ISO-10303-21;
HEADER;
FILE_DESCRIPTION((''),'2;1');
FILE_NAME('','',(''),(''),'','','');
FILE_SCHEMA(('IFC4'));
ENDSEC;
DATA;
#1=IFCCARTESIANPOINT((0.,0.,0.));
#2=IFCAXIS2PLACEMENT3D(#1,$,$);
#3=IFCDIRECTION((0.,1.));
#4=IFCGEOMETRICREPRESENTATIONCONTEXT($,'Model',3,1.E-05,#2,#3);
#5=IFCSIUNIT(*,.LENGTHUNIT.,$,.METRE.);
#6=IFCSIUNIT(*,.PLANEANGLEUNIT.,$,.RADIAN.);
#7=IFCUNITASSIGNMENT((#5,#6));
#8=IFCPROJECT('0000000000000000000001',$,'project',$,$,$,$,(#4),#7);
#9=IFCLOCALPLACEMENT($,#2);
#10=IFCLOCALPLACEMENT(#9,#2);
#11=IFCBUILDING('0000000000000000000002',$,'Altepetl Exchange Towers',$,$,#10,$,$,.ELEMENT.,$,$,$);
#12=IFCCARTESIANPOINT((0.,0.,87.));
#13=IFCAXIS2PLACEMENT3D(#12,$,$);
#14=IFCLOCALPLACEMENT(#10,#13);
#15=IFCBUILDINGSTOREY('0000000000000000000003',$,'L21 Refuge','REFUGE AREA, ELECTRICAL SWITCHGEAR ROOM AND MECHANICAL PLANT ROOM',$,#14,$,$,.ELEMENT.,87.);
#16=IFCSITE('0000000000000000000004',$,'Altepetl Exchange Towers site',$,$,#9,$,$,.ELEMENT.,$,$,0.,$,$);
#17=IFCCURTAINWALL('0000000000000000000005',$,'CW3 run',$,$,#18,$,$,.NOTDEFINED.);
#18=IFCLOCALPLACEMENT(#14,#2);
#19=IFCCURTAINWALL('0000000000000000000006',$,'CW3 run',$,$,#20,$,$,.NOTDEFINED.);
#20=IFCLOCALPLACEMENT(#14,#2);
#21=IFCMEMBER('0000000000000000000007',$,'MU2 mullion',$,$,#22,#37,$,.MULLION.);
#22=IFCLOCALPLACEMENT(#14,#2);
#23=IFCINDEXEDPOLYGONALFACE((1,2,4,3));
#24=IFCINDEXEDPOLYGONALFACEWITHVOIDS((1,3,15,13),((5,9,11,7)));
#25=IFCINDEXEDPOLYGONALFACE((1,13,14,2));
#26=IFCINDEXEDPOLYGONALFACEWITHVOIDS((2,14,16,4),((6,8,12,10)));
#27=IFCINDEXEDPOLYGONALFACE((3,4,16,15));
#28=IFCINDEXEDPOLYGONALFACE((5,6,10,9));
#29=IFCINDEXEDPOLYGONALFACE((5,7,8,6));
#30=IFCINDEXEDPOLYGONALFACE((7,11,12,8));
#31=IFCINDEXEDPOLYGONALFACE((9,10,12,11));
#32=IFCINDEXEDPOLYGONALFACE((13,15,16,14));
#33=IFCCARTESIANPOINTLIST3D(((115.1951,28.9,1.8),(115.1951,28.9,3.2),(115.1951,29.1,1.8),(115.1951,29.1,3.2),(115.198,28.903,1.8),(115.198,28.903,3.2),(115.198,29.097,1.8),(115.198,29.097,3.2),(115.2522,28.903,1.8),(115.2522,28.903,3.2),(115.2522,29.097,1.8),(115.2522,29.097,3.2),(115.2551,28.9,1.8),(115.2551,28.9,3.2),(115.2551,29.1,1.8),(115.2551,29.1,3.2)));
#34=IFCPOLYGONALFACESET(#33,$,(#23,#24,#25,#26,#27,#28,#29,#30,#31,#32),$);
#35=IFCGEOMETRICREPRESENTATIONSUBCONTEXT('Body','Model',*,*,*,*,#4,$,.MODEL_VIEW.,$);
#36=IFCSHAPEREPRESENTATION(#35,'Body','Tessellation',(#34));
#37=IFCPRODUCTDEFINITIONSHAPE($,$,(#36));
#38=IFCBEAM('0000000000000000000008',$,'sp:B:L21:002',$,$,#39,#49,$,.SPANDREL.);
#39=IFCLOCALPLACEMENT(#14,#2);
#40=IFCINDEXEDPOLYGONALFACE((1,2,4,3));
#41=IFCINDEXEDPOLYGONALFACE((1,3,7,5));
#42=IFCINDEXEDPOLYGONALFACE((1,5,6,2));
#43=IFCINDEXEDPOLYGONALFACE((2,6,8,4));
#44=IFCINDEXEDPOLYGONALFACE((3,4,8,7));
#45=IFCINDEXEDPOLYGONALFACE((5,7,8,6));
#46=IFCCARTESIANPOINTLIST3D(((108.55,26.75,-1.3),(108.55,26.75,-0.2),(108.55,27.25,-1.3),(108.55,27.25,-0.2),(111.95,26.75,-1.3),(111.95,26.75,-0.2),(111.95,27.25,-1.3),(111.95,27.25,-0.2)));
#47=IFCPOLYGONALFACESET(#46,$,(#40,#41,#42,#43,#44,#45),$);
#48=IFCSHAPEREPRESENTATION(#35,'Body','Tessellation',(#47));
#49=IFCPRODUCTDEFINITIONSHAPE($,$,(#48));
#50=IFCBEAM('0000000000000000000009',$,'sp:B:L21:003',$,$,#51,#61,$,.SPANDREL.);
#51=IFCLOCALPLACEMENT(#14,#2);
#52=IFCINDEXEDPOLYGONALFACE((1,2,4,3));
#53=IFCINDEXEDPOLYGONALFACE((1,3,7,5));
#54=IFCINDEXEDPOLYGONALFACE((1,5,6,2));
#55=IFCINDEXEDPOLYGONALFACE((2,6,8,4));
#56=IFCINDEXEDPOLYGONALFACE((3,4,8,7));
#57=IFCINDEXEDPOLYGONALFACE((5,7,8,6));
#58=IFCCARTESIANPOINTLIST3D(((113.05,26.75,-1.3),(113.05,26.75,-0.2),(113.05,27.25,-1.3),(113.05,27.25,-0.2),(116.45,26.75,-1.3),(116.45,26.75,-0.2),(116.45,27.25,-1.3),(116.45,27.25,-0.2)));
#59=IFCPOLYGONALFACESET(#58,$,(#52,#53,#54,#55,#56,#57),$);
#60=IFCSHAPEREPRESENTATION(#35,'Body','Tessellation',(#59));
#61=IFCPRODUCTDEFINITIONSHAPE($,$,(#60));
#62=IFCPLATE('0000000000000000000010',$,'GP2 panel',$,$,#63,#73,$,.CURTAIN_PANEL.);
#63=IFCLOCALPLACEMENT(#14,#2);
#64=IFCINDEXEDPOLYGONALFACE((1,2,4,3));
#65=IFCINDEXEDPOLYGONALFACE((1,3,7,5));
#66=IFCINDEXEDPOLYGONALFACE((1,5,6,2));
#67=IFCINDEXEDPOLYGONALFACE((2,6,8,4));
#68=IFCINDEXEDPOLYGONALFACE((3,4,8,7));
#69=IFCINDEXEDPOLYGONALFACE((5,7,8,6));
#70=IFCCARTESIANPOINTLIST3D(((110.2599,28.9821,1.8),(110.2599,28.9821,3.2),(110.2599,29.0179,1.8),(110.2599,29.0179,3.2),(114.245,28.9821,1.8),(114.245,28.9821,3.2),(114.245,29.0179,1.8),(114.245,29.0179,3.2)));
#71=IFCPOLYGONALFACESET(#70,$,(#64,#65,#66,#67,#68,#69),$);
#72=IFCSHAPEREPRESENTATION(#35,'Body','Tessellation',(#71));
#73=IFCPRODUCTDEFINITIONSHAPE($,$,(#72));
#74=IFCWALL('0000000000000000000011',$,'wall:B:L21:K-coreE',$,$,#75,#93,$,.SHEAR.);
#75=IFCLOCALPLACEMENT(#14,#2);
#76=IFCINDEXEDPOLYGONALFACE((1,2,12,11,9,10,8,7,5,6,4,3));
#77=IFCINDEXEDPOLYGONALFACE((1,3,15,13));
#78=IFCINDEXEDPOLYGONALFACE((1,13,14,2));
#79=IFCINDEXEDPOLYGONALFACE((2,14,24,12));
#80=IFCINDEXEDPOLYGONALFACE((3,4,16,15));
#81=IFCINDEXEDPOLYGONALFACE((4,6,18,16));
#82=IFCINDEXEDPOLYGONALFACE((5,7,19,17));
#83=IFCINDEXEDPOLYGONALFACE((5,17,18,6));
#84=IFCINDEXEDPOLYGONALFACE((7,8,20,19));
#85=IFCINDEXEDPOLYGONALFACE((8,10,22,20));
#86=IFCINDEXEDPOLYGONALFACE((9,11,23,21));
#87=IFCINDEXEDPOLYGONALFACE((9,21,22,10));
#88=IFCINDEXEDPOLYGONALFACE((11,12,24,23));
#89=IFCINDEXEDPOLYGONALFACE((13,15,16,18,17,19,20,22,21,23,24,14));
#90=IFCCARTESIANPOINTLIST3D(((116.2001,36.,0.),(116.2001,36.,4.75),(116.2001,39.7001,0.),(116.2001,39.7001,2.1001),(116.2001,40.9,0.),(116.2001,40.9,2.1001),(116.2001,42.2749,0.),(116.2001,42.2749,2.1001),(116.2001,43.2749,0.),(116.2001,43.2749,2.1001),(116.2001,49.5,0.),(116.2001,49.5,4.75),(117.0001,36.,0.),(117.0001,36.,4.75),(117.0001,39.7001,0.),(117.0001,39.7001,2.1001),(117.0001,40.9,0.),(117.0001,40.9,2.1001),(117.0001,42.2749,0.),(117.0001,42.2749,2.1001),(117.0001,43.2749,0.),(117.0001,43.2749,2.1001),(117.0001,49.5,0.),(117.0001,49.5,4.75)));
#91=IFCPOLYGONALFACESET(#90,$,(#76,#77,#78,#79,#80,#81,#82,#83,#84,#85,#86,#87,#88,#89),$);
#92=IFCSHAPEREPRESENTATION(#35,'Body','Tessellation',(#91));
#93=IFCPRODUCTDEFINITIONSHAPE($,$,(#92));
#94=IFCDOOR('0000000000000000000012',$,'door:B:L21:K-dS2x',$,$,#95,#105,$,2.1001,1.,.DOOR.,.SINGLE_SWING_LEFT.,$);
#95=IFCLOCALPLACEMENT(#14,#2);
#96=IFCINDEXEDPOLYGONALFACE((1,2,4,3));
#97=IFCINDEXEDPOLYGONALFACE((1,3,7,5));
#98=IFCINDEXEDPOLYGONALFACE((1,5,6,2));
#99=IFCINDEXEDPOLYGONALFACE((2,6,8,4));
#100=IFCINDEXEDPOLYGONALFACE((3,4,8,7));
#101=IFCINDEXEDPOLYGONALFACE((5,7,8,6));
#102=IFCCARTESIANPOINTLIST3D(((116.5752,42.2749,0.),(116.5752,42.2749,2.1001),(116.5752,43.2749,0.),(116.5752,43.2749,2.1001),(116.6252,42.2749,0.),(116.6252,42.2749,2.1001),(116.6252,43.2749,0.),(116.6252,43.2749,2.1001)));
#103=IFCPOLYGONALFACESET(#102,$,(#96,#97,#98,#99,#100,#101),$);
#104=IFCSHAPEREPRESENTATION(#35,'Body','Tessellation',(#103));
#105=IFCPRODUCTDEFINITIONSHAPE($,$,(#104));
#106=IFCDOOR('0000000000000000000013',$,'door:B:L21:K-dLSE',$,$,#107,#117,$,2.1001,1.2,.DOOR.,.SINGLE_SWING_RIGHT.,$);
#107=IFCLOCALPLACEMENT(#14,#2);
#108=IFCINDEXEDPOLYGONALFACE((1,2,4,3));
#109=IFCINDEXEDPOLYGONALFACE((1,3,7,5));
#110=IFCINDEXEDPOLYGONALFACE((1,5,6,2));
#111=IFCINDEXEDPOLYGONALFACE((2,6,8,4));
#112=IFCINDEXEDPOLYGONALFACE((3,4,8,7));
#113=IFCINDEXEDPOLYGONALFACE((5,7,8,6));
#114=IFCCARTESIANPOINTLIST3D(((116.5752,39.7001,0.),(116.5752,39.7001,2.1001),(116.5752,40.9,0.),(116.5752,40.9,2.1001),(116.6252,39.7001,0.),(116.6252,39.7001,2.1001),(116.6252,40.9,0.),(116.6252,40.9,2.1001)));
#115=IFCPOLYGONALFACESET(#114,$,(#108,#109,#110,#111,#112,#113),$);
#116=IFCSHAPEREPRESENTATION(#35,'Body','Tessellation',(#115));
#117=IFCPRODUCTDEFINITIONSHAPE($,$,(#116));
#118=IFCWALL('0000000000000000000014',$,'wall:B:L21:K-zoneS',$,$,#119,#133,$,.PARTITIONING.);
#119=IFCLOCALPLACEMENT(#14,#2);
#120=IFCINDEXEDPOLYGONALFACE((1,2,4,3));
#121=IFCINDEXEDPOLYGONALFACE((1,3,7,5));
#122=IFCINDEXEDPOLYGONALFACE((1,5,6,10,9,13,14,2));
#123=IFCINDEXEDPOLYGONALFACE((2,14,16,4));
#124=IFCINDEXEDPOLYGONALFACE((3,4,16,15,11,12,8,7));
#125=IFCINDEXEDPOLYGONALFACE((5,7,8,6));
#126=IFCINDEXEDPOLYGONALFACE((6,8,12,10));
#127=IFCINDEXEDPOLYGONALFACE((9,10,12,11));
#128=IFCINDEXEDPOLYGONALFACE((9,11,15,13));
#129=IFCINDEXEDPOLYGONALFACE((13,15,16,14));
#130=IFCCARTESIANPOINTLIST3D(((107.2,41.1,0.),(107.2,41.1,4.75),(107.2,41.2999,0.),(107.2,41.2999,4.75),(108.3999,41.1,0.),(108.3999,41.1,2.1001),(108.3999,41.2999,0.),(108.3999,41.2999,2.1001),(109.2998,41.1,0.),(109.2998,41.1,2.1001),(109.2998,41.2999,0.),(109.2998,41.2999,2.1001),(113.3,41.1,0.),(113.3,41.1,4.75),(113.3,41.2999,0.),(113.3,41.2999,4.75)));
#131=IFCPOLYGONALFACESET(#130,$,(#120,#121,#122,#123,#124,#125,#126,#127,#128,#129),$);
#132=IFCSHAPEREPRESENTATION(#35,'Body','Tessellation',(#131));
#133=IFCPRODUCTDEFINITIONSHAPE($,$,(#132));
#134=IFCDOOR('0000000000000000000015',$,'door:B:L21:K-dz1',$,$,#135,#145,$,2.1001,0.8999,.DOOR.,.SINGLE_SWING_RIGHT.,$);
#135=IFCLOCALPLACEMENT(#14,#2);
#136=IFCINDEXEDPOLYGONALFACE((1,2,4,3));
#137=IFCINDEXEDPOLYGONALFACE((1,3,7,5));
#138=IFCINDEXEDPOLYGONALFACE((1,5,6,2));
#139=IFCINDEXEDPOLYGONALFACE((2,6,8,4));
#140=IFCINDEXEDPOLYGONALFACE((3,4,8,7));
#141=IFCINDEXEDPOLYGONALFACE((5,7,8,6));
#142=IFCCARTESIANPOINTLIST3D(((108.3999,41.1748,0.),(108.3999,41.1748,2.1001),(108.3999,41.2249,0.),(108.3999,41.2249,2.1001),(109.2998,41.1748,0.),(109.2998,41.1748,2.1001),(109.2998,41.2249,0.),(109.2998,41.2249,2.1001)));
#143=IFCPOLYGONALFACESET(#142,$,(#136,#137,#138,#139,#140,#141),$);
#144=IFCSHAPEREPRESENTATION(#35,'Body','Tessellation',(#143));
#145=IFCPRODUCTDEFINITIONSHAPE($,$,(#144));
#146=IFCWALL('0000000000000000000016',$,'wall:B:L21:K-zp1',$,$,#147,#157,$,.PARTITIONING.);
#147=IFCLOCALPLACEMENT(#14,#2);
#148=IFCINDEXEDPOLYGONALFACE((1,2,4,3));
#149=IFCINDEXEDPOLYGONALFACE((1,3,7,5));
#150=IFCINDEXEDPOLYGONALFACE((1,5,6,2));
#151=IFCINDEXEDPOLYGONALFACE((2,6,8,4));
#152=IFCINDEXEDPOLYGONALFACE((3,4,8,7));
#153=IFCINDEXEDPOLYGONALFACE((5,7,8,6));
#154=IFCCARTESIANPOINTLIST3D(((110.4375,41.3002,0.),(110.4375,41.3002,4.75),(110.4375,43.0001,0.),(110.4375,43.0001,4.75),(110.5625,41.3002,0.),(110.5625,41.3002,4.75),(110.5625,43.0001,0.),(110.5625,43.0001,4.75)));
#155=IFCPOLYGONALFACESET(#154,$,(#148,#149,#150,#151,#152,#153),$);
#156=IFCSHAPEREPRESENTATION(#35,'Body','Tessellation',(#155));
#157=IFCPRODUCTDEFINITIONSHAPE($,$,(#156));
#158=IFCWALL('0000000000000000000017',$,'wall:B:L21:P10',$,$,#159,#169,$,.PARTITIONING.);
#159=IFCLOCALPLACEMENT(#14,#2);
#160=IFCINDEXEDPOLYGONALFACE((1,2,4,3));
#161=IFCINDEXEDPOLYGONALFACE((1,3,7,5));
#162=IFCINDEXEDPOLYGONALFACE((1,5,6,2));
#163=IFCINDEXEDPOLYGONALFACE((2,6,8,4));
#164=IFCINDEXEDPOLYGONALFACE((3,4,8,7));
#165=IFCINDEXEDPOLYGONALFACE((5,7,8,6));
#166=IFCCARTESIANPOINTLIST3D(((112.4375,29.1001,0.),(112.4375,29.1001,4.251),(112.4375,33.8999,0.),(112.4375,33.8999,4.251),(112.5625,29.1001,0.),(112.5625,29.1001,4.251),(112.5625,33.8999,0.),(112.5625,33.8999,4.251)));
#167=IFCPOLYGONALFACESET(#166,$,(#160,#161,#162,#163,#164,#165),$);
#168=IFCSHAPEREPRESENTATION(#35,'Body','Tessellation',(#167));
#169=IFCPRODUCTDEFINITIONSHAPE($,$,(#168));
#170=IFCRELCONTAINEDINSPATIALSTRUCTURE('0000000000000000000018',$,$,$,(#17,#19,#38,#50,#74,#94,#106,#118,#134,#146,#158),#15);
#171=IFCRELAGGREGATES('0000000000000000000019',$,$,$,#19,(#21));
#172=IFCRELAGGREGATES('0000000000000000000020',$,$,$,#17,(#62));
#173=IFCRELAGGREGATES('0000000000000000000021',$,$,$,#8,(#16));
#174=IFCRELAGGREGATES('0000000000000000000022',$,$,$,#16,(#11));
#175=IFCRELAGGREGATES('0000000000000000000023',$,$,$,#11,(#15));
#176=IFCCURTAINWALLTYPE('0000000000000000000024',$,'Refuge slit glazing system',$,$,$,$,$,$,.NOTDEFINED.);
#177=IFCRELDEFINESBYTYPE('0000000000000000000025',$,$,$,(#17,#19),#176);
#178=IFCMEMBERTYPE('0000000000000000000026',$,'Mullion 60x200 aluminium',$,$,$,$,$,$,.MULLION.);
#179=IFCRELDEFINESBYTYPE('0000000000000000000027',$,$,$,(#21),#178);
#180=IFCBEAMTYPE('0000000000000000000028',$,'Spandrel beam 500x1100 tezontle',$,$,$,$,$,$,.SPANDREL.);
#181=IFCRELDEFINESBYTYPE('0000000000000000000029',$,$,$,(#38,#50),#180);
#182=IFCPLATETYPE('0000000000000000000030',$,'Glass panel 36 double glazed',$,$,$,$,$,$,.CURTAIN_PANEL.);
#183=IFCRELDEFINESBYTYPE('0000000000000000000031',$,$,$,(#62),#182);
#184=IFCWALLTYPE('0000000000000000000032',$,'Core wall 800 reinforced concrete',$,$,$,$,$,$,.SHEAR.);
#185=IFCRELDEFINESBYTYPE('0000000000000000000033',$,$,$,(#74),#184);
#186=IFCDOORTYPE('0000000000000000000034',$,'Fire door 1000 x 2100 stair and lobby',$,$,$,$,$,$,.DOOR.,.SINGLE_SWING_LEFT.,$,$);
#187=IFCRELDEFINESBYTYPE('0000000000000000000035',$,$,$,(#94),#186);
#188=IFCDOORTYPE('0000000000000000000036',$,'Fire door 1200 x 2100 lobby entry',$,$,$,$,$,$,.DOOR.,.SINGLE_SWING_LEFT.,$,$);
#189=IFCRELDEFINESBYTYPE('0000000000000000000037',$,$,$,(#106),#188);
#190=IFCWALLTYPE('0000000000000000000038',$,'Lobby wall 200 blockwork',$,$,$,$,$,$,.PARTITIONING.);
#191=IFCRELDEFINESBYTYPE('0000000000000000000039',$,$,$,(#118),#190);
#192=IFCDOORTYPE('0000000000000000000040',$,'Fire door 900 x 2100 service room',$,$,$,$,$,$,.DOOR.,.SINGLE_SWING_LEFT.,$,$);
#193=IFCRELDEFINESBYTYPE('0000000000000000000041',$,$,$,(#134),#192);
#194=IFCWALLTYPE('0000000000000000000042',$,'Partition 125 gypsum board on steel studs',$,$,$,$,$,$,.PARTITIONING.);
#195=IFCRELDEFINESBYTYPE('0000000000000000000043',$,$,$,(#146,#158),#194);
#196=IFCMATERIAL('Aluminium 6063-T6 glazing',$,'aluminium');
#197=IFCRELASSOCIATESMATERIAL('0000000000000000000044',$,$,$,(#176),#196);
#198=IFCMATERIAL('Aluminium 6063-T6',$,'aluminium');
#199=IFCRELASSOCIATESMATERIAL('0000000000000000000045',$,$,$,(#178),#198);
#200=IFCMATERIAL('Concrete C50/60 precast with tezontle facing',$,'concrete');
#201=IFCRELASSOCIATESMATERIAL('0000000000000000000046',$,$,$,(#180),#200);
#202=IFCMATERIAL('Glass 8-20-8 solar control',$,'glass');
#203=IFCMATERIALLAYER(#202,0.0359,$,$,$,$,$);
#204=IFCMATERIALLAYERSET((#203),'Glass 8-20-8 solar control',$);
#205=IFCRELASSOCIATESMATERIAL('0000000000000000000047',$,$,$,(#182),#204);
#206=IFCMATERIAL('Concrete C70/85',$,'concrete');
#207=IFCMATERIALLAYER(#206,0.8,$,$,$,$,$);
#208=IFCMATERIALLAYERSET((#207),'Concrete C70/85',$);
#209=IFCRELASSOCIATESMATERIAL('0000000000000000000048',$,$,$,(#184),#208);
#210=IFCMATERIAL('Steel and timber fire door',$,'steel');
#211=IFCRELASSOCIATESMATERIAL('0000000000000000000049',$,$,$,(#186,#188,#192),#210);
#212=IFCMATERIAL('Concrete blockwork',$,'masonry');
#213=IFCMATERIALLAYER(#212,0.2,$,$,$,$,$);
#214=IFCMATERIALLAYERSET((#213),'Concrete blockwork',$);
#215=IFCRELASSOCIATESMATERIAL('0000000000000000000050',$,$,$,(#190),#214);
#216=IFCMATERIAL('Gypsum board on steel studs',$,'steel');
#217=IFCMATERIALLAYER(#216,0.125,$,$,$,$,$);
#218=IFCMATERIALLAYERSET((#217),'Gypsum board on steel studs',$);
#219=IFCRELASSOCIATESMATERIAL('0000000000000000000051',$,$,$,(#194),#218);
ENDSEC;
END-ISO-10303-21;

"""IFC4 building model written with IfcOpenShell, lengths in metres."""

from ifc_helpers import new_model, si_unit, direction, frame, frame_2d, origin, origin_2d, place, context, subcontext, project, spatial, rectangle, hollow_rectangle, extrude, material, layer, layer_set, material_profile, profile_set, type_object, element, fill, aggregate, save


model = new_model("IFC4")

# Units and contexts
model_context = context("Model", 3, precision=1e-05, world=origin(), true_north=direction((0.0, 1.0)))
body_context = subcontext(model_context, "Body", "Model", "MODEL_VIEW")
ifc_project = project(units=[si_unit("LENGTHUNIT", "METRE"), si_unit("PLANEANGLEUNIT", "RADIAN")], contexts=[model_context])

# Site, building, storey
site_placement = place(None, origin())
site = spatial("IfcSite", under=ifc_project, at=site_placement, Name="Altepetl Exchange Towers site", CompositionType="ELEMENT", RefElevation=0.0)
building_placement = place(site_placement, origin())
building = spatial("IfcBuilding", under=site, at=building_placement, Name="Altepetl Exchange Towers", CompositionType="ELEMENT")
storey_placement = place(building_placement, frame((0.0, 0.0, 87.0)))
storey = spatial("IfcBuildingStorey", under=building, at=storey_placement, Name="L21 Refuge", Description="REFUGE AREA, ELECTRICAL SWITCHGEAR ROOM AND MECHANICAL PLANT ROOM", CompositionType="ELEMENT", Elevation=87.0)

# Shared definitions
ifc_material_1 = material(Name="Concrete C70/85", Category="concrete")

# Curtain wall
ifc_material_2 = material(Name="Aluminium 6063-T6 glazing", Category="aluminium")
curtain_wall_type = type_object("IfcCurtainWallType", Name="Refuge slit glazing system", PredefinedType="NOTDEFINED", material=ifc_material_2)
curtain_wall_1_placement = place(storey_placement, origin())
curtain_wall_1 = element("IfcCurtainWall", 1, at=curtain_wall_1_placement, inside=storey, type_object=curtain_wall_type, Name="CW3 run", PredefinedType="NOTDEFINED")
ifc_material_3 = material(Name="Aluminium 6063-T6", Category="aluminium")
ifc_material_profile_1 = material_profile(ifc_material_3, hollow_rectangle(XDim=0.0601, YDim=0.2, WallThickness=0.0029, at=origin_2d()), Name="Mullion 60x200 aluminium")
ifc_profile_set_1 = profile_set([ifc_material_profile_1], Name="Aluminium 6063-T6")
member_type_1 = type_object("IfcMemberType", Name="Mullion 60x200 aluminium", PredefinedType="MULLION", material=ifc_profile_set_1)

# Curtain wall, member
curtain_wall_2_placement = place(storey_placement, origin())
curtain_wall_2 = element("IfcCurtainWall", 2, at=curtain_wall_2_placement, inside=storey, type_object=curtain_wall_type, Name="CW3 run", PredefinedType="NOTDEFINED")
member_1_placement = place(storey_placement, frame((115.2251, 29.0, 1.8)))
member_1 = element("IfcMember", 3, at=member_1_placement, type_object=member_type_1, Name="MU2 mullion", PredefinedType="MULLION", context=body_context, shape_type="SweptSolid", body=[
    extrude(hollow_rectangle(XDim=0.0601, YDim=0.2, WallThickness=0.0029, at=origin_2d()), origin(), (0.0, 0.0, 1.0), 1.3999),
])
aggregate(curtain_wall_2, [member_1])

# Beams
ifc_material_4 = material(Name="Concrete C50/60 precast with tezontle facing", Category="concrete")
ifc_material_profile_2 = material_profile(ifc_material_4, rectangle(XDim=0.5, YDim=1.1001, at=origin_2d()), Name="500 x 1100")
ifc_profile_set_2 = profile_set([ifc_material_profile_2], Name="Concrete C50/60 precast with tezontle facing")
beam_type_1 = type_object("IfcBeamType", Name="Spandrel beam 500x1100 tezontle", PredefinedType="SPANDREL", material=ifc_profile_set_2)
for number, where, z_axis, x_axis, name in (
    (4, (108.55, 27.0, -0.75), (1.0, 0.0, 0.0), (0.0, 1.0, 0.0), "sp:B:L21:002"),
    (5, (113.05, 27.0, -0.75), (1.0, 0.0, 0.0), (0.0, 1.0, 0.0), "sp:B:L21:003"),
):
    element("IfcBeam", number, at=place(storey_placement, frame(where, z_axis=z_axis, x_axis=x_axis)), inside=storey, type_object=beam_type_1, Name=name, PredefinedType="SPANDREL", context=body_context, shape_type="SweptSolid", body=[
        extrude(rectangle(XDim=0.5, YDim=1.1001, at=origin_2d()), origin(), (0.0, 0.0, 1.0), 3.3999),
    ])

# Plate
ifc_material_5 = material(Name="Glass 8-20-8 solar control", Category="glass")
ifc_layer_1 = layer(ifc_material_5, 0.0359)
ifc_layer_set_1 = layer_set([ifc_layer_1], Name="Glass 8-20-8 solar control")
plate_type = type_object("IfcPlateType", Name="Glass panel 36 double glazed", PredefinedType="CURTAIN_PANEL", material=ifc_layer_set_1)
plate_placement = place(storey_placement, frame((112.2524, 29.0, 1.8)))
plate = element("IfcPlate", 6, at=plate_placement, type_object=plate_type, Name="GP2 panel", PredefinedType="CURTAIN_PANEL", context=body_context, shape_type="SweptSolid", body=[
    extrude(rectangle(XDim=3.9851, YDim=0.0359, at=origin_2d()), origin(), (0.0, 0.0, 1.0), 1.3999),
])
aggregate(curtain_wall_1, [plate])

# Wall, openings, doors
ifc_layer_2 = layer(ifc_material_1, 0.8)
ifc_layer_set_2 = layer_set([ifc_layer_2], Name="Concrete C70/85")
wall_type_1 = type_object("IfcWallType", Name="Core wall 800 reinforced concrete", PredefinedType="SHEAR", material=ifc_layer_set_2)
wall_1_placement = place(storey_placement, frame((116.6001, 36.0, 0.0), z_axis=(0.0, 0.0, 1.0), x_axis=(0.0, 1.0, 0.0)))
wall_1 = element("IfcWall", 7, at=wall_1_placement, inside=storey, type_object=wall_type_1, Name="wall:B:L21:K-coreE", PredefinedType="SHEAR", context=body_context, shape_type="SweptSolid", body=[
    extrude(rectangle(XDim=13.5, YDim=0.8, at=frame_2d((6.75, 0.0))), origin(), (0.0, 0.0, 1.0), 4.75),
])
opening_1_placement = place(wall_1_placement, frame((3.7, 0.0, 0.0)))
opening_1 = element("IfcOpeningElement", 8, at=opening_1_placement, cuts=wall_1, PredefinedType="OPENING", context=body_context, shape_type="SweptSolid", body=[
    extrude(rectangle(XDim=1.2, YDim=2.1001, at=frame_2d((0.6001, 1.05))), frame((0.0, 0.4102, 0.0), z_axis=(0.0, -1.0, 0.0), x_axis=(1.0, 0.0, 0.0)), (0.0, 0.0, 1.0), 0.8201),
])
opening_2_placement = place(wall_1_placement, frame((6.2749, 0.0, 0.0)))
opening_2 = element("IfcOpeningElement", 9, at=opening_2_placement, cuts=wall_1, PredefinedType="OPENING", context=body_context, shape_type="SweptSolid", body=[
    extrude(rectangle(XDim=1.0, YDim=2.1001, at=frame_2d((0.5, 1.05))), frame((0.0, 0.4102, 0.0), z_axis=(0.0, -1.0, 0.0), x_axis=(1.0, 0.0, 0.0)), (0.0, 0.0, 1.0), 0.8201),
])
ifc_material_6 = material(Name="Steel and timber fire door", Category="steel")
door_type_1 = type_object("IfcDoorType", Name="Fire door 1000 x 2100 stair and lobby", OperationType="SINGLE_SWING_LEFT", PredefinedType="DOOR", material=ifc_material_6)
door_1_placement = place(opening_2_placement, origin())
door_1 = element("IfcDoor", 10, at=door_1_placement, inside=storey, type_object=door_type_1, Name="door:B:L21:K-dS2x", OperationType="SINGLE_SWING_LEFT", OverallHeight=2.1001, OverallWidth=1.0, PredefinedType="DOOR", context=body_context, shape_type="SweptSolid", body=[
    extrude(rectangle(XDim=1.0, YDim=2.1001, at=frame_2d((0.5, 1.05))), frame((0.0, 0.0249, 0.0), z_axis=(0.0, -1.0, 0.0), x_axis=(1.0, 0.0, 0.0)), (0.0, 0.0, 1.0), 0.05),
])
fill(opening_2, door_1)
door_type_2 = type_object("IfcDoorType", Name="Fire door 1200 x 2100 lobby entry", OperationType="SINGLE_SWING_LEFT", PredefinedType="DOOR", material=ifc_material_6)
door_2_placement = place(opening_1_placement, origin())
door_2 = element("IfcDoor", 11, at=door_2_placement, inside=storey, type_object=door_type_2, Name="door:B:L21:K-dLSE", OperationType="SINGLE_SWING_RIGHT", OverallHeight=2.1001, OverallWidth=1.2, PredefinedType="DOOR", context=body_context, shape_type="SweptSolid", body=[
    extrude(rectangle(XDim=1.2, YDim=2.1001, at=frame_2d((0.6001, 1.05))), frame((0.0, 0.0249, 0.0), z_axis=(0.0, -1.0, 0.0), x_axis=(1.0, 0.0, 0.0)), (0.0, 0.0, 1.0), 0.05),
])
fill(opening_1, door_2)

# Wall, opening, door
ifc_material_7 = material(Name="Concrete blockwork", Category="masonry")
ifc_layer_3 = layer(ifc_material_7, 0.2)
ifc_layer_set_3 = layer_set([ifc_layer_3], Name="Concrete blockwork")
wall_type_2 = type_object("IfcWallType", Name="Lobby wall 200 blockwork", PredefinedType="PARTITIONING", material=ifc_layer_set_3)
wall_2_placement = place(storey_placement, frame((107.2, 41.2, 0.0)))
wall_2 = element("IfcWall", 12, at=wall_2_placement, inside=storey, type_object=wall_type_2, Name="wall:B:L21:K-zoneS", PredefinedType="PARTITIONING", context=body_context, shape_type="SweptSolid", body=[
    extrude(rectangle(XDim=6.1001, YDim=0.2, at=frame_2d((3.05, 0.0))), origin(), (0.0, 0.0, 1.0), 4.75),
])
opening_3_placement = place(wall_2_placement, frame((1.2, 0.0, 0.0)))
opening_3 = element("IfcOpeningElement", 13, at=opening_3_placement, cuts=wall_2, PredefinedType="OPENING", context=body_context, shape_type="SweptSolid", body=[
    extrude(rectangle(XDim=0.8999, YDim=2.1001, at=frame_2d((0.45, 1.05))), frame((0.0, 0.1099, 0.0), z_axis=(0.0, -1.0, 0.0), x_axis=(1.0, 0.0, 0.0)), (0.0, 0.0, 1.0), 0.22),
])
door_type_3 = type_object("IfcDoorType", Name="Fire door 900 x 2100 service room", OperationType="SINGLE_SWING_LEFT", PredefinedType="DOOR", material=ifc_material_6)
door_3_placement = place(opening_3_placement, origin())
door_3 = element("IfcDoor", 14, at=door_3_placement, inside=storey, type_object=door_type_3, Name="door:B:L21:K-dz1", OperationType="SINGLE_SWING_RIGHT", OverallHeight=2.1001, OverallWidth=0.8999, PredefinedType="DOOR", context=body_context, shape_type="SweptSolid", body=[
    extrude(rectangle(XDim=0.8999, YDim=2.1001, at=frame_2d((0.45, 1.05))), frame((0.0, 0.0249, 0.0), z_axis=(0.0, -1.0, 0.0), x_axis=(1.0, 0.0, 0.0)), (0.0, 0.0, 1.0), 0.05),
])
fill(opening_3, door_3)

# Walls
ifc_material_8 = material(Name="Gypsum board on steel studs", Category="steel")
ifc_layer_4 = layer(ifc_material_8, 0.125)
ifc_layer_set_4 = layer_set([ifc_layer_4], Name="Gypsum board on steel studs")
wall_type_3 = type_object("IfcWallType", Name="Partition 125 gypsum board on steel studs", PredefinedType="PARTITIONING", material=ifc_layer_set_4)
wall_3_placement = place(storey_placement, frame((110.5, 41.3, 0.0), z_axis=(0.0, 0.0, 1.0), x_axis=(0.0, 1.0, 0.0)))
element("IfcWall", 15, at=wall_3_placement, inside=storey, type_object=wall_type_3, Name="wall:B:L21:K-zp1", PredefinedType="PARTITIONING", context=body_context, shape_type="SweptSolid", body=[
    extrude(rectangle(XDim=1.7, YDim=0.125, at=frame_2d((0.8501, 0.0))), origin(), (0.0, 0.0, 1.0), 4.75),
])
wall_4_placement = place(storey_placement, frame((112.5, 29.1001, 0.0), z_axis=(0.0, 0.0, 1.0), x_axis=(0.0, 1.0, 0.0)))
element("IfcWall", 16, at=wall_4_placement, inside=storey, type_object=wall_type_3, Name="wall:B:L21:P10", PredefinedType="PARTITIONING", context=body_context, shape_type="SweptSolid", body=[
    extrude(rectangle(XDim=4.7998, YDim=0.125, at=frame_2d((2.3999, 0.0))), origin(), (0.0, 0.0, 1.0), 4.251),
])

save(model, "model.ifc")
